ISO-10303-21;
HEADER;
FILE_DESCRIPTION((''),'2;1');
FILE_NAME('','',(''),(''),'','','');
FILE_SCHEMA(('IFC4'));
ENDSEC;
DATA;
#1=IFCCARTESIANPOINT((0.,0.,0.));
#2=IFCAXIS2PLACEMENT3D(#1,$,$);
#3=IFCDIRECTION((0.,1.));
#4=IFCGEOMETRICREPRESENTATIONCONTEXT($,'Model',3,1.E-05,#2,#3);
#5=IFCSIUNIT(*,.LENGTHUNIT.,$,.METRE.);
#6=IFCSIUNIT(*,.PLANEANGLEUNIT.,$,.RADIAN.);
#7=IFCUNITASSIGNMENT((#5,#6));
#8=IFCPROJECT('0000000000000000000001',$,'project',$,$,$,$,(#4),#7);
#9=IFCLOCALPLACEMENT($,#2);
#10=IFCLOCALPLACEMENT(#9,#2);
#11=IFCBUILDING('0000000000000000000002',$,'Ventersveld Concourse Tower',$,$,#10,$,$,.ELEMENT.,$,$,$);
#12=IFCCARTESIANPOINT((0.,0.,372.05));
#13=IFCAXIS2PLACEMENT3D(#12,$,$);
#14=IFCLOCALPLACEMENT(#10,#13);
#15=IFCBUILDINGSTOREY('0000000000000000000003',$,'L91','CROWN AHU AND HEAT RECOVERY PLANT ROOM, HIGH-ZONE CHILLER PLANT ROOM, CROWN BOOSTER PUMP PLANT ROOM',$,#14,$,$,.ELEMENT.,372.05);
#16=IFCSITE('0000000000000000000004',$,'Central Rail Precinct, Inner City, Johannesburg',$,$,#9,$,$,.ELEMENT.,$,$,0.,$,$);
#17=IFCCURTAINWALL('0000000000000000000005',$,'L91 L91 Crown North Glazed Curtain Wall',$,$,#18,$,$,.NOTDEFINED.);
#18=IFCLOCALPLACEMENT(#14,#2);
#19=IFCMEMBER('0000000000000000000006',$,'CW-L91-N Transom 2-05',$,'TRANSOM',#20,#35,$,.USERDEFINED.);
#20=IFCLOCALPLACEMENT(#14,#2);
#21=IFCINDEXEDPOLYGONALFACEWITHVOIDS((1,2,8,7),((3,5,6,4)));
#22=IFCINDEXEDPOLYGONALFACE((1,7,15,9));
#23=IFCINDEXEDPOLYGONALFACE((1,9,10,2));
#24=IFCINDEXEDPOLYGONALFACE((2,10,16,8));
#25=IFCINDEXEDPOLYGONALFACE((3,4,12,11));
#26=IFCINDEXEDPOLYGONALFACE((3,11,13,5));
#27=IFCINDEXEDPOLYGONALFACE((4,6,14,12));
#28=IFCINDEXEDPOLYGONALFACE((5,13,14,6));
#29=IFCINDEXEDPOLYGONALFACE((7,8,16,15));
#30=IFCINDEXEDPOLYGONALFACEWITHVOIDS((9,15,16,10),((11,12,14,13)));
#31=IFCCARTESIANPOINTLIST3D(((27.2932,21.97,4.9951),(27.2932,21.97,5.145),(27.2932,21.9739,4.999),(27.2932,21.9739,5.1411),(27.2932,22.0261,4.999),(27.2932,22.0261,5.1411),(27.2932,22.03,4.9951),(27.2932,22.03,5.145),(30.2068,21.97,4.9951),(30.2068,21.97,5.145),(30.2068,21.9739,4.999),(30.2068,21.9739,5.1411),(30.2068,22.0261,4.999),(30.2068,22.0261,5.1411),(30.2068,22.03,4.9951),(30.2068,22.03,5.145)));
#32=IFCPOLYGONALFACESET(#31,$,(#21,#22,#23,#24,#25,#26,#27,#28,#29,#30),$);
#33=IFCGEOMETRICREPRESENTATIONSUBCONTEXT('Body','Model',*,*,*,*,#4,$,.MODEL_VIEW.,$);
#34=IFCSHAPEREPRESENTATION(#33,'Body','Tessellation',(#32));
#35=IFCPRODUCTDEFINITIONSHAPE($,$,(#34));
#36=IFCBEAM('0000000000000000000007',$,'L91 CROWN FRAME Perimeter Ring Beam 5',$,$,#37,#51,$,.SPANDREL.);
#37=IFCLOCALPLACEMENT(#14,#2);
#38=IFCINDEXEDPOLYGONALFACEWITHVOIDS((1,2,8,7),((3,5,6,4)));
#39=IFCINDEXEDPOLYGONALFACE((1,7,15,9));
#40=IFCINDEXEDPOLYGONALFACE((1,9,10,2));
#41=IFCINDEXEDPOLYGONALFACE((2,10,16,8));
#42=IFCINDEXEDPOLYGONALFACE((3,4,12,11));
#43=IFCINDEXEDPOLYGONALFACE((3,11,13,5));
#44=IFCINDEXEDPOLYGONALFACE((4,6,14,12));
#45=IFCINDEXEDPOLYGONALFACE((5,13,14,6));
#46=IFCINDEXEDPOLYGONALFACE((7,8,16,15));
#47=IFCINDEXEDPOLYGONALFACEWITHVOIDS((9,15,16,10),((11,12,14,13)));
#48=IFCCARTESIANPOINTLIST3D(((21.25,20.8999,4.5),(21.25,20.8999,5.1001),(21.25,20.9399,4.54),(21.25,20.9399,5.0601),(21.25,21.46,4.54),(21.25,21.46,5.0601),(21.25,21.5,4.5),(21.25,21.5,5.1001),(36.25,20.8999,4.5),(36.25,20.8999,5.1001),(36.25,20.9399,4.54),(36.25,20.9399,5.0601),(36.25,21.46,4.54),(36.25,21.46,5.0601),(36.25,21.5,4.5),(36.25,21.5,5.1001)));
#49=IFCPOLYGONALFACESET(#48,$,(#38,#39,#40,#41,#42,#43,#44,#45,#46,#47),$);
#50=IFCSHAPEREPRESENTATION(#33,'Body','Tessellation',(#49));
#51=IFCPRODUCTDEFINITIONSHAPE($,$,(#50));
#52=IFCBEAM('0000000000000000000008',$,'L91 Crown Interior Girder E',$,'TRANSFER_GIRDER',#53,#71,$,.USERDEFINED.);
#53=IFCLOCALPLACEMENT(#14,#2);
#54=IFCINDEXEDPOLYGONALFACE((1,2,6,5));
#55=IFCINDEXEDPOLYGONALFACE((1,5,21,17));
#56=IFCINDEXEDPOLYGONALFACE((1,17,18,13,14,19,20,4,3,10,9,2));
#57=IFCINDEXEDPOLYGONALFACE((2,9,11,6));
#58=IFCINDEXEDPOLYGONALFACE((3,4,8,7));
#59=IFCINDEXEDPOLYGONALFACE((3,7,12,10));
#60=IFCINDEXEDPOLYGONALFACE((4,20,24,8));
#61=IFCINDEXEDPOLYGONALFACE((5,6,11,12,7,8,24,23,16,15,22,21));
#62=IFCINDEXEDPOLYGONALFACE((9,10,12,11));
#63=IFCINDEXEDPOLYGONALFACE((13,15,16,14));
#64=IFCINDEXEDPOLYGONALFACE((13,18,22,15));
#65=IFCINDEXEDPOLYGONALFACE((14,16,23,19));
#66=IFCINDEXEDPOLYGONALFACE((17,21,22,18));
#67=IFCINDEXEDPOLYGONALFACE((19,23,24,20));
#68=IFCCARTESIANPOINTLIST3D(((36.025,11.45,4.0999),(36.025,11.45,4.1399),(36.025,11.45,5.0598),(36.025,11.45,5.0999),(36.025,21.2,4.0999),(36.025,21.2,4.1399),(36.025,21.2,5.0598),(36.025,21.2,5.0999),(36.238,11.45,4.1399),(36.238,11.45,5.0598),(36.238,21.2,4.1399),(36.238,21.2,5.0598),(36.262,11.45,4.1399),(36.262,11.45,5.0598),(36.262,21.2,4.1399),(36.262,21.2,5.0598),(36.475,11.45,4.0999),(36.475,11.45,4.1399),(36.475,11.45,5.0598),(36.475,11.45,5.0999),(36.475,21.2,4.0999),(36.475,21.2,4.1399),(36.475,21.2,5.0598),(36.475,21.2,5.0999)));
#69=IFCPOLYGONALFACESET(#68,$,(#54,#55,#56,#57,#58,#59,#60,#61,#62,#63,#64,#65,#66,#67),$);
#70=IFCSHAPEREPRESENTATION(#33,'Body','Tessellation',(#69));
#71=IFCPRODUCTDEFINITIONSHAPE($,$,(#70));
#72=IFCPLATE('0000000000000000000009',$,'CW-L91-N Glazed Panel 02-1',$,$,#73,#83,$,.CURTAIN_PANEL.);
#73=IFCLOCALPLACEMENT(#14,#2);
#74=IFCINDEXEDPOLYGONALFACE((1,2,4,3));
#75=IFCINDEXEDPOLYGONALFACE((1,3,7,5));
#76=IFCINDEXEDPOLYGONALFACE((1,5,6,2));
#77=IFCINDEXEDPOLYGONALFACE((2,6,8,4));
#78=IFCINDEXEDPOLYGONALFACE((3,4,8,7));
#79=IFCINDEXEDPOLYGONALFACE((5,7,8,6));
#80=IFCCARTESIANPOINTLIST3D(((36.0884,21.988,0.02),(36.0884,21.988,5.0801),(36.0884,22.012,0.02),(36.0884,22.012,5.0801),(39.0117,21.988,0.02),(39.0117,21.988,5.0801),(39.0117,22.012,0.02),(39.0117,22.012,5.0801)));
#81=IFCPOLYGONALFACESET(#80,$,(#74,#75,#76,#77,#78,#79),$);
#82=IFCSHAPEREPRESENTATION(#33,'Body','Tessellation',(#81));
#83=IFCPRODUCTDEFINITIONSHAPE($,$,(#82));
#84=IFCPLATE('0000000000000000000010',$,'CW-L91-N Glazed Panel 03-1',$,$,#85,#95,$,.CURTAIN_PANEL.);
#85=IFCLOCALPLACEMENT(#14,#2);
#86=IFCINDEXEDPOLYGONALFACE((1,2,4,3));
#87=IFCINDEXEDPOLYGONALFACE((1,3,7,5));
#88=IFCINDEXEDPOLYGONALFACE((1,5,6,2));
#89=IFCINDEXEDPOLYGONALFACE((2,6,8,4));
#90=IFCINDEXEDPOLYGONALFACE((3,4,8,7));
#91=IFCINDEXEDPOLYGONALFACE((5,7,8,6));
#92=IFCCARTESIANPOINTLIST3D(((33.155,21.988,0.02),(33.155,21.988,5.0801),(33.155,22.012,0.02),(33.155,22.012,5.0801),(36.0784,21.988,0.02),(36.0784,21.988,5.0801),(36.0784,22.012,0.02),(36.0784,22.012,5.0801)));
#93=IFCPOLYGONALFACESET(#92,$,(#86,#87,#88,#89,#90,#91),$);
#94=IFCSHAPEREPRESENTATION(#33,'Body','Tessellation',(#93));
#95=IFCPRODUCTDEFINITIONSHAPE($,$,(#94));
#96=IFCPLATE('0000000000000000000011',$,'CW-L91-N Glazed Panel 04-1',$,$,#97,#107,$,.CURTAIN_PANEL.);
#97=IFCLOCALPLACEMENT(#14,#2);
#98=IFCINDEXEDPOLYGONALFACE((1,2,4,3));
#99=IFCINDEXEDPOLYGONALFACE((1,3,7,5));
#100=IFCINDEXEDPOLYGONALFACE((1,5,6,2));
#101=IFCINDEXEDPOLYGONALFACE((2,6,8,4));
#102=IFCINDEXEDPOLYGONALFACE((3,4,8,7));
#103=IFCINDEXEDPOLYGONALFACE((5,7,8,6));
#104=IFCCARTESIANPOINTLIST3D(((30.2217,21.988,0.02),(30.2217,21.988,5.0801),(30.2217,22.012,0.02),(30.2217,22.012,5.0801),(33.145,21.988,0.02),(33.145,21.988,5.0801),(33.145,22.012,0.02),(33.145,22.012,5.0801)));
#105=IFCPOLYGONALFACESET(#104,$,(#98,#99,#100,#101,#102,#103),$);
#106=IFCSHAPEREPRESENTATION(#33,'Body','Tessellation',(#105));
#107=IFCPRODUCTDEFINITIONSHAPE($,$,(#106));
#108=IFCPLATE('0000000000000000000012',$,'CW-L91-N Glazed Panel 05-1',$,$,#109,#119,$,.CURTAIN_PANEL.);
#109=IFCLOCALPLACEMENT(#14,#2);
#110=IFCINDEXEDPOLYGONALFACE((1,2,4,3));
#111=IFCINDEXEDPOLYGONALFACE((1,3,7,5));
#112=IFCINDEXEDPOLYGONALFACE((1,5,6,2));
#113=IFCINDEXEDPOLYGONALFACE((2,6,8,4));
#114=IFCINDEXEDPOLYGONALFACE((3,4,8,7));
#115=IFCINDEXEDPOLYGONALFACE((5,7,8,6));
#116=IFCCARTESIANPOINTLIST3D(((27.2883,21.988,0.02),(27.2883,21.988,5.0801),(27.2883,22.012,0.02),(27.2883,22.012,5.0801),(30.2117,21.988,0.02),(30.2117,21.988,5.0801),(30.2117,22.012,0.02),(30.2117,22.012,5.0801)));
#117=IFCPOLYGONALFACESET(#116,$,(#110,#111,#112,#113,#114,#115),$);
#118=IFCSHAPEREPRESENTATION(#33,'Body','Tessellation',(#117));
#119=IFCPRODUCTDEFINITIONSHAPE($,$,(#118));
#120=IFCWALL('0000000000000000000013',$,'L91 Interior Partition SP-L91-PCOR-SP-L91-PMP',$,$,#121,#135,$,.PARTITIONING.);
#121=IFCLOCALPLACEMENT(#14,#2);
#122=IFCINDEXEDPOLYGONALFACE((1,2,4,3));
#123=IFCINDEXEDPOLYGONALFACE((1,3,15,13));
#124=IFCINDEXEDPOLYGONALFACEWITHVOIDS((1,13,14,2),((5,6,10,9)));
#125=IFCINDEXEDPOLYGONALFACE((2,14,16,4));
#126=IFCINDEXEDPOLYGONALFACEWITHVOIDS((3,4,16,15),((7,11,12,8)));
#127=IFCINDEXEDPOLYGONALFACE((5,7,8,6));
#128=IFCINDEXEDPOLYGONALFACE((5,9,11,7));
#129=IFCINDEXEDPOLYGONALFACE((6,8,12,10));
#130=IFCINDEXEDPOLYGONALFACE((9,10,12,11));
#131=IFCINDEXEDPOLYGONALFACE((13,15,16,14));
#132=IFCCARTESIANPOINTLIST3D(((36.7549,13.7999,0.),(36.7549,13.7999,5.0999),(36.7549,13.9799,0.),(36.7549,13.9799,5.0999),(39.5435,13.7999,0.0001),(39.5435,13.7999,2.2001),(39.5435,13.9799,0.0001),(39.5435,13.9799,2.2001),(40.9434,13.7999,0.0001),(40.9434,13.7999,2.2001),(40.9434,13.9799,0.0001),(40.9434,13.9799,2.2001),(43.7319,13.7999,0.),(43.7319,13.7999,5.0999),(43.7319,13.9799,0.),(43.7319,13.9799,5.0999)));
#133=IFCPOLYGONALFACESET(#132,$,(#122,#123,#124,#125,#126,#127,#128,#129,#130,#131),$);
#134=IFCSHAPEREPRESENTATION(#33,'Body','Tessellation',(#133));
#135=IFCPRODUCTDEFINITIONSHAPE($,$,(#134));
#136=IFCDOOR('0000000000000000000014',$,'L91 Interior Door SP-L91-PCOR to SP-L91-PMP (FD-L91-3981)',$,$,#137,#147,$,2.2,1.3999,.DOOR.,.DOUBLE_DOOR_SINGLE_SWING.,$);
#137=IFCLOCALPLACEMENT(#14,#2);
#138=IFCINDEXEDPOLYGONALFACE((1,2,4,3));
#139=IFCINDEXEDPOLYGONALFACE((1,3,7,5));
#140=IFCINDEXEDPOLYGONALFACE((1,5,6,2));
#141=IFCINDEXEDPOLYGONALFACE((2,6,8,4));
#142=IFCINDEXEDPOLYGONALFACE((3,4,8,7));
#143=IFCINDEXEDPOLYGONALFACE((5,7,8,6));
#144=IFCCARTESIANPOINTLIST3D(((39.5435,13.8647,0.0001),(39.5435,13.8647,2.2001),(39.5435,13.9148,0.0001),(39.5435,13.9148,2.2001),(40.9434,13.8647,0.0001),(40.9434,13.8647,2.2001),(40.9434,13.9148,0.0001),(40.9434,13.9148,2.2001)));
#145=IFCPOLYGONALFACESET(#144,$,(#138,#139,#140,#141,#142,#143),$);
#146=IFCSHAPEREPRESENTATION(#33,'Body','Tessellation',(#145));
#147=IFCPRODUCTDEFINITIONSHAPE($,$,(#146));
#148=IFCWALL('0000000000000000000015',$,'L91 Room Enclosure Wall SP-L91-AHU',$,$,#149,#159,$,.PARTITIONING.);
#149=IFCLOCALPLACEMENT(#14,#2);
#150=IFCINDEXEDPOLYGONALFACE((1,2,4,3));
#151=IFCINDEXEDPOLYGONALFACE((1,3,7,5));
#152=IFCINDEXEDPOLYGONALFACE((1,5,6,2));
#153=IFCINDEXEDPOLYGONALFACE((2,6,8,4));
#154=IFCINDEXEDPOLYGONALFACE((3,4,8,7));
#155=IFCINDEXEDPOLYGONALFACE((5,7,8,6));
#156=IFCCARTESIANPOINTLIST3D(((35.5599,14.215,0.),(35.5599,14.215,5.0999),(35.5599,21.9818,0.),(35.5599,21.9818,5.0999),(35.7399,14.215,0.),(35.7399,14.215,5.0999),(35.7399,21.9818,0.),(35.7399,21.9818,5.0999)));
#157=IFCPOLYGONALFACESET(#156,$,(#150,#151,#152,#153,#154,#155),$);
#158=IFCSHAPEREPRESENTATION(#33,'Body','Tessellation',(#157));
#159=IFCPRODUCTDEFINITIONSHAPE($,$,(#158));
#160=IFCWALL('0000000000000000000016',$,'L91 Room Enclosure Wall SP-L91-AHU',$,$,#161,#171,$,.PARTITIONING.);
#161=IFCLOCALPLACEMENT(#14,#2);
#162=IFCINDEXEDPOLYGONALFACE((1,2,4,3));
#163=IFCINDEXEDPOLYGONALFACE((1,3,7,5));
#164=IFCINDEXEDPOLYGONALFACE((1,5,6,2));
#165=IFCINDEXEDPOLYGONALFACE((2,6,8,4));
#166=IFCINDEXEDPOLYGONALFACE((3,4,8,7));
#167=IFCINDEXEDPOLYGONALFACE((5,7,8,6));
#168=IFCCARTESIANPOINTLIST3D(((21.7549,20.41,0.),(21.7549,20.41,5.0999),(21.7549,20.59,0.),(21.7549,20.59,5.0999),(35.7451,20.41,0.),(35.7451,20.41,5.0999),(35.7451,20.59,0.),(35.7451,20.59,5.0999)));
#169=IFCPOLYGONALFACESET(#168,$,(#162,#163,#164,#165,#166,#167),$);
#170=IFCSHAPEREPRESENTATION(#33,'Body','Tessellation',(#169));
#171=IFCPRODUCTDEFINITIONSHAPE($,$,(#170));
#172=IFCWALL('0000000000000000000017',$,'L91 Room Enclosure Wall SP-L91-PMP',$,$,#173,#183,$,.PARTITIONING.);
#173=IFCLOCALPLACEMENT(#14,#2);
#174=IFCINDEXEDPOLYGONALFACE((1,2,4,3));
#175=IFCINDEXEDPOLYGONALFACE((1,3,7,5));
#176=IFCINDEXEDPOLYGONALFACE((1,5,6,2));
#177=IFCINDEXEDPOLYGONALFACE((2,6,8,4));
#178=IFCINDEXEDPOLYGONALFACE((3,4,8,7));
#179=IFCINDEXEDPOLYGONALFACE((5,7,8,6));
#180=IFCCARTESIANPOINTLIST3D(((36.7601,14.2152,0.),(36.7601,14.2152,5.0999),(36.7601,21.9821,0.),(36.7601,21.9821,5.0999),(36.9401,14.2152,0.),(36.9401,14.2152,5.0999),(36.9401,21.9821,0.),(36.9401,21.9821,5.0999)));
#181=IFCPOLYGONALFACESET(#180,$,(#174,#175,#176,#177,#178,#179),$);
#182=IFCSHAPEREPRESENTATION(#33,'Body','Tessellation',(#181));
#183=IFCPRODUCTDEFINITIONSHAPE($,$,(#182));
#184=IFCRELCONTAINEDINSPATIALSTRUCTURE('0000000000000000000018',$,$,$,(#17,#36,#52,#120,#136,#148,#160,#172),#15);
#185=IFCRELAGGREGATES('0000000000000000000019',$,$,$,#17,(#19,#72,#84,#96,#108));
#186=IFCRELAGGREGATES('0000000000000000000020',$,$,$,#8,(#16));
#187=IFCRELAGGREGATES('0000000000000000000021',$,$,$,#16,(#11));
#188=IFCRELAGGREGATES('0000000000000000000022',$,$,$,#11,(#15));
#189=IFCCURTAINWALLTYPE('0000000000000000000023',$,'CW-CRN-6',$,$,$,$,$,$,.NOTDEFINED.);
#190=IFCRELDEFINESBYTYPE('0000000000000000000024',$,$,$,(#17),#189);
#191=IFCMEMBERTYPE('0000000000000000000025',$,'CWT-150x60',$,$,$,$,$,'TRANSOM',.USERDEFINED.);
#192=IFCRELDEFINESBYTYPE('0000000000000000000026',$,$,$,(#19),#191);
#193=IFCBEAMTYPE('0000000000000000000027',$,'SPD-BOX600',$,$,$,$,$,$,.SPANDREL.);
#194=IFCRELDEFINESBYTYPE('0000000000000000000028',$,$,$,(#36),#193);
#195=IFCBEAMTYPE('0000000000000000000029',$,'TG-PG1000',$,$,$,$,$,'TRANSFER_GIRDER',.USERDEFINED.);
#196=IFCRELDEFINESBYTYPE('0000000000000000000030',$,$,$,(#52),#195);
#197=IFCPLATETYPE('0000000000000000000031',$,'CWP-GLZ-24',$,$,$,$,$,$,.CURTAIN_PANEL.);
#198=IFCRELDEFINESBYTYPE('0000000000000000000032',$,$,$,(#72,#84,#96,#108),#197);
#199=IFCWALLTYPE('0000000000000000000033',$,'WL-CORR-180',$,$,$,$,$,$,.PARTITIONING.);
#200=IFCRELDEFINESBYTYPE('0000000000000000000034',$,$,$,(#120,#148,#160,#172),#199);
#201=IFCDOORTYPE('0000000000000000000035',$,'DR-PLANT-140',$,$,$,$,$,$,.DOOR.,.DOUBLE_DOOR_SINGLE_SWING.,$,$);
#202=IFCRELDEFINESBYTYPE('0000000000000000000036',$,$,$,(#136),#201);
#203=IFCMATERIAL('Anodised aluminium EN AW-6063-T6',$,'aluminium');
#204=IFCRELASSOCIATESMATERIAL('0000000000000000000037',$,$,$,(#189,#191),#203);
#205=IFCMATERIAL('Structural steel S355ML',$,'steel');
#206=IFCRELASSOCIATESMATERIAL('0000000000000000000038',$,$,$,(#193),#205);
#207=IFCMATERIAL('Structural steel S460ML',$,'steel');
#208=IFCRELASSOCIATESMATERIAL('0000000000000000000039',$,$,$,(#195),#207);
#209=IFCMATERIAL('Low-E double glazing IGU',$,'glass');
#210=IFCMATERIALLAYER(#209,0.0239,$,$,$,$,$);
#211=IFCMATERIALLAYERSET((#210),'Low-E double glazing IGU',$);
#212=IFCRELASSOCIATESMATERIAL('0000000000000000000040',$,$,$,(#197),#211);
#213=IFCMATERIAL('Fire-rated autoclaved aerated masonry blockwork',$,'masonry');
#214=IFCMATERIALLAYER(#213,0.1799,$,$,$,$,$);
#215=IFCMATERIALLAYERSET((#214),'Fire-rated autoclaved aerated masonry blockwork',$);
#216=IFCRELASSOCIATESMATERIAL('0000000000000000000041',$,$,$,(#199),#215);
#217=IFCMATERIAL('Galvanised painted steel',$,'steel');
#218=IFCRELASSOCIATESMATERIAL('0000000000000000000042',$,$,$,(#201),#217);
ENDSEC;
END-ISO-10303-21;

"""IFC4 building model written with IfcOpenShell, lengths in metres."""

from ifc_helpers import new_model, si_unit, direction, frame, frame_2d, origin, origin_2d, place, context, subcontext, project, spatial, rectangle, hollow_rectangle, i_section, extrude, material, layer, layer_set, material_profile, profile_set, type_object, element, fill, aggregate, save


model = new_model("IFC4")

# Units and contexts
model_context = context("Model", 3, precision=1e-05, world=origin(), true_north=direction((0.0, 1.0)))
body_context = subcontext(model_context, "Body", "Model", "MODEL_VIEW")
ifc_project = project(units=[si_unit("LENGTHUNIT", "METRE"), si_unit("PLANEANGLEUNIT", "RADIAN")], contexts=[model_context])

# Site, building, storey
site_placement = place(None, origin())
site = spatial("IfcSite", under=ifc_project, at=site_placement, Name="Central Rail Precinct, Inner City, Johannesburg", CompositionType="ELEMENT", RefElevation=0.0)
building_placement = place(site_placement, origin())
building = spatial("IfcBuilding", under=site, at=building_placement, Name="Ventersveld Concourse Tower", CompositionType="ELEMENT")
storey_placement = place(building_placement, frame((0.0, 0.0, 372.05)))
storey = spatial("IfcBuildingStorey", under=building, at=storey_placement, Name="L91", Description="CROWN AHU AND HEAT RECOVERY PLANT ROOM, HIGH-ZONE CHILLER PLANT ROOM, CROWN BOOSTER PUMP PLANT ROOM", CompositionType="ELEMENT", Elevation=372.05)

# Shared definitions
ifc_material_1 = material(Name="Structural steel S355ML", Category="steel")

# Curtain wall, member
ifc_material_2 = material(Name="Anodised aluminium EN AW-6063-T6", Category="aluminium")
curtain_wall_type = type_object("IfcCurtainWallType", Name="CW-CRN-6", PredefinedType="NOTDEFINED", material=ifc_material_2)
curtain_wall_placement = place(storey_placement, origin())
curtain_wall = element("IfcCurtainWall", 1, at=curtain_wall_placement, inside=storey, type_object=curtain_wall_type, Name="L91 L91 Crown North Glazed Curtain Wall", PredefinedType="NOTDEFINED")
ifc_material_profile_1 = material_profile(ifc_material_2, hollow_rectangle(XDim=0.0601, YDim=0.1499, WallThickness=0.0039, at=origin_2d()), Name="ALU 150x60x4")
ifc_profile_set_1 = profile_set([ifc_material_profile_1], Name="Anodised aluminium EN AW-6063-T6")
member_type_1 = type_object("IfcMemberType", Name="CWT-150x60", ElementType="TRANSOM", PredefinedType="USERDEFINED", material=ifc_profile_set_1)
member_1_placement = place(storey_placement, frame((30.2068, 22.0, 5.0701), z_axis=(-1.0, 0.0, 0.0), x_axis=(0.0, -1.0, 0.0)))
member_1 = element("IfcMember", 2, at=member_1_placement, type_object=member_type_1, Name="CW-L91-N Transom 2-05", ObjectType="TRANSOM", PredefinedType="USERDEFINED", context=body_context, shape_type="SweptSolid", body=[
    extrude(hollow_rectangle(XDim=0.0601, YDim=0.1499, WallThickness=0.0039, at=origin_2d()), origin(), (0.0, 0.0, 1.0), 2.9136),
])

# Beams
ifc_material_profile_2 = material_profile(ifc_material_1, hollow_rectangle(XDim=0.6001, YDim=0.6001, WallThickness=0.04, at=origin_2d()), Name="BOX 600x600x40")
ifc_profile_set_2 = profile_set([ifc_material_profile_2], Name="Structural steel S355ML")
beam_type_1 = type_object("IfcBeamType", Name="SPD-BOX600", PredefinedType="SPANDREL", material=ifc_profile_set_2)
beam_1_placement = place(storey_placement, frame((36.25, 21.2, 4.8), z_axis=(-1.0, 0.0, 0.0), x_axis=(0.0, -1.0, 0.0)))
element("IfcBeam", 3, at=beam_1_placement, inside=storey, type_object=beam_type_1, Name="L91 CROWN FRAME Perimeter Ring Beam 5", PredefinedType="SPANDREL", context=body_context, shape_type="SweptSolid", body=[
    extrude(hollow_rectangle(XDim=0.6001, YDim=0.6001, WallThickness=0.04, at=origin_2d()), origin(), (0.0, 0.0, 1.0), 15.0),
])
ifc_material_3 = material(Name="Structural steel S460ML", Category="steel")
ifc_material_profile_3 = material_profile(ifc_material_3, i_section(OverallWidth=0.45, OverallDepth=1.0, WebThickness=0.0239, FlangeThickness=0.04, at=origin_2d()), Name="PG 1000x450x40")
ifc_profile_set_3 = profile_set([ifc_material_profile_3], Name="Structural steel S460ML")
beam_type_2 = type_object("IfcBeamType", Name="TG-PG1000", ElementType="TRANSFER_GIRDER", PredefinedType="USERDEFINED", material=ifc_profile_set_3)
beam_2_placement = place(storey_placement, frame((36.25, 11.45, 4.5999), z_axis=(0.0, 1.0, 0.0), x_axis=(-1.0, 0.0, 0.0)))
element("IfcBeam", 4, at=beam_2_placement, inside=storey, type_object=beam_type_2, Name="L91 Crown Interior Girder E", ObjectType="TRANSFER_GIRDER", PredefinedType="USERDEFINED", context=body_context, shape_type="SweptSolid", body=[
    extrude(i_section(OverallWidth=0.45, OverallDepth=1.0, WebThickness=0.0239, FlangeThickness=0.04, at=origin_2d()), origin(), (0.0, 0.0, 1.0), 9.75),
])

# Plates
ifc_material_4 = material(Name="Low-E double glazing IGU", Category="glass")
ifc_layer_1 = layer(ifc_material_4, 0.0239)
ifc_layer_set_1 = layer_set([ifc_layer_1], Name="Low-E double glazing IGU")
plate_type = type_object("IfcPlateType", Name="CWP-GLZ-24", PredefinedType="CURTAIN_PANEL", material=ifc_layer_set_1)
plate_1_placement = place(storey_placement, frame((37.55, 22.0, 0.02), z_axis=(0.0, 0.0, 1.0), x_axis=(-1.0, 0.0, 0.0)))
plate_1 = element("IfcPlate", 5, at=plate_1_placement, type_object=plate_type, Name="CW-L91-N Glazed Panel 02-1", PredefinedType="CURTAIN_PANEL", context=body_context, shape_type="SweptSolid", body=[
    extrude(rectangle(XDim=2.9233, YDim=0.0239, at=origin_2d()), origin(), (0.0, 0.0, 1.0), 5.0601),
])
plate_2_placement = place(storey_placement, frame((34.6167, 22.0, 0.02), z_axis=(0.0, 0.0, 1.0), x_axis=(-1.0, 0.0, 0.0)))
plate_2 = element("IfcPlate", 6, at=plate_2_placement, type_object=plate_type, Name="CW-L91-N Glazed Panel 03-1", PredefinedType="CURTAIN_PANEL", context=body_context, shape_type="SweptSolid", body=[
    extrude(rectangle(XDim=2.9233, YDim=0.0239, at=origin_2d()), origin(), (0.0, 0.0, 1.0), 5.0601),
])
plate_3_placement = place(storey_placement, frame((31.6833, 22.0, 0.02), z_axis=(0.0, 0.0, 1.0), x_axis=(-1.0, 0.0, 0.0)))
plate_3 = element("IfcPlate", 7, at=plate_3_placement, type_object=plate_type, Name="CW-L91-N Glazed Panel 04-1", PredefinedType="CURTAIN_PANEL", context=body_context, shape_type="SweptSolid", body=[
    extrude(rectangle(XDim=2.9233, YDim=0.0239, at=origin_2d()), origin(), (0.0, 0.0, 1.0), 5.0601),
])
plate_4_placement = place(storey_placement, frame((28.75, 22.0, 0.02), z_axis=(0.0, 0.0, 1.0), x_axis=(-1.0, 0.0, 0.0)))
plate_4 = element("IfcPlate", 8, at=plate_4_placement, type_object=plate_type, Name="CW-L91-N Glazed Panel 05-1", PredefinedType="CURTAIN_PANEL", context=body_context, shape_type="SweptSolid", body=[
    extrude(rectangle(XDim=2.9233, YDim=0.0239, at=origin_2d()), origin(), (0.0, 0.0, 1.0), 5.0601),
])
aggregate(curtain_wall, [member_1, plate_1, plate_2, plate_3, plate_4])

# Wall, opening, door
ifc_material_5 = material(Name="Fire-rated autoclaved aerated masonry blockwork", Category="masonry")
ifc_layer_2 = layer(ifc_material_5, 0.1799)
ifc_layer_set_2 = layer_set([ifc_layer_2], Name="Fire-rated autoclaved aerated masonry blockwork")
wall_type_1 = type_object("IfcWallType", Name="WL-CORR-180", PredefinedType="PARTITIONING", material=ifc_layer_set_2)
wall_1_placement = place(storey_placement, frame((36.7549, 13.8899, 0.0), z_axis=(0.0, 0.0, 1.0), x_axis=(1.0, 0.0, 0.0)))
wall_1 = element("IfcWall", 9, at=wall_1_placement, inside=storey, type_object=wall_type_1, Name="L91 Interior Partition SP-L91-PCOR-SP-L91-PMP", PredefinedType="PARTITIONING", context=body_context, shape_type="SweptSolid", body=[
    extrude(rectangle(XDim=6.9771, YDim=0.1799, at=frame_2d((3.4885, 0.0))), origin(), (0.0, 0.0, 1.0), 5.0999),
])
opening_1_placement = place(wall_1_placement, frame((2.7886, 0.0, 0.0)))
opening_1 = element("IfcOpeningElement", 10, at=opening_1_placement, cuts=wall_1, PredefinedType="OPENING", context=body_context, shape_type="SweptSolid", body=[
    extrude(rectangle(XDim=1.3999, YDim=2.2, at=frame_2d((0.7, 1.1001))), frame((0.0, 0.1001, 0.0), z_axis=(0.0, -1.0, 0.0), x_axis=(1.0, 0.0, 0.0)), (0.0, 0.0, 1.0), 0.2),
])
ifc_material_6 = material(Name="Galvanised painted steel", Category="steel")
door_type_1 = type_object("IfcDoorType", Name="DR-PLANT-140", OperationType="DOUBLE_DOOR_SINGLE_SWING", PredefinedType="DOOR", material=ifc_material_6)
door_1_placement = place(opening_1_placement, origin())
door_1 = element("IfcDoor", 11, at=door_1_placement, inside=storey, type_object=door_type_1, Name="L91 Interior Door SP-L91-PCOR to SP-L91-PMP (FD-L91-3981)", OperationType="DOUBLE_DOOR_SINGLE_SWING", OverallHeight=2.2, OverallWidth=1.3999, PredefinedType="DOOR", context=body_context, shape_type="SweptSolid", body=[
    extrude(rectangle(XDim=1.3999, YDim=2.2, at=frame_2d((0.7, 1.1001))), frame((0.0, 0.0249, 0.0), z_axis=(0.0, -1.0, 0.0), x_axis=(1.0, 0.0, 0.0)), (0.0, 0.0, 1.0), 0.05),
])
fill(opening_1, door_1)

# Walls
wall_2_placement = place(storey_placement, frame((35.6499, 14.2151, 0.0), z_axis=(0.0, 0.0, 1.0), x_axis=(0.0, 1.0, 0.0)))
element("IfcWall", 12, at=wall_2_placement, inside=storey, type_object=wall_type_1, Name="L91 Room Enclosure Wall SP-L91-AHU", PredefinedType="PARTITIONING", context=body_context, shape_type="SweptSolid", body=[
    extrude(rectangle(XDim=7.7668, YDim=0.1799, at=frame_2d((3.8833, 0.0))), origin(), (0.0, 0.0, 1.0), 5.0999),
])
wall_3_placement = place(storey_placement, frame((35.7451, 20.5, 0.0), z_axis=(0.0, 0.0, 1.0), x_axis=(-1.0, 0.0, 0.0)))
element("IfcWall", 13, at=wall_3_placement, inside=storey, type_object=wall_type_1, Name="L91 Room Enclosure Wall SP-L91-AHU", PredefinedType="PARTITIONING", context=body_context, shape_type="SweptSolid", body=[
    extrude(rectangle(XDim=13.9902, YDim=0.1799, at=frame_2d((6.9951, 0.0))), origin(), (0.0, 0.0, 1.0), 5.0999),
])
wall_4_placement = place(storey_placement, frame((36.8501, 21.9819, 0.0), z_axis=(0.0, 0.0, 1.0), x_axis=(0.0, -1.0, 0.0)))
element("IfcWall", 14, at=wall_4_placement, inside=storey, type_object=wall_type_1, Name="L91 Room Enclosure Wall SP-L91-PMP", PredefinedType="PARTITIONING", context=body_context, shape_type="SweptSolid", body=[
    extrude(rectangle(XDim=7.7668, YDim=0.1799, at=frame_2d((3.8833, 0.0))), origin(), (0.0, 0.0, 1.0), 5.0999),
])

save(model, "model.ifc")
